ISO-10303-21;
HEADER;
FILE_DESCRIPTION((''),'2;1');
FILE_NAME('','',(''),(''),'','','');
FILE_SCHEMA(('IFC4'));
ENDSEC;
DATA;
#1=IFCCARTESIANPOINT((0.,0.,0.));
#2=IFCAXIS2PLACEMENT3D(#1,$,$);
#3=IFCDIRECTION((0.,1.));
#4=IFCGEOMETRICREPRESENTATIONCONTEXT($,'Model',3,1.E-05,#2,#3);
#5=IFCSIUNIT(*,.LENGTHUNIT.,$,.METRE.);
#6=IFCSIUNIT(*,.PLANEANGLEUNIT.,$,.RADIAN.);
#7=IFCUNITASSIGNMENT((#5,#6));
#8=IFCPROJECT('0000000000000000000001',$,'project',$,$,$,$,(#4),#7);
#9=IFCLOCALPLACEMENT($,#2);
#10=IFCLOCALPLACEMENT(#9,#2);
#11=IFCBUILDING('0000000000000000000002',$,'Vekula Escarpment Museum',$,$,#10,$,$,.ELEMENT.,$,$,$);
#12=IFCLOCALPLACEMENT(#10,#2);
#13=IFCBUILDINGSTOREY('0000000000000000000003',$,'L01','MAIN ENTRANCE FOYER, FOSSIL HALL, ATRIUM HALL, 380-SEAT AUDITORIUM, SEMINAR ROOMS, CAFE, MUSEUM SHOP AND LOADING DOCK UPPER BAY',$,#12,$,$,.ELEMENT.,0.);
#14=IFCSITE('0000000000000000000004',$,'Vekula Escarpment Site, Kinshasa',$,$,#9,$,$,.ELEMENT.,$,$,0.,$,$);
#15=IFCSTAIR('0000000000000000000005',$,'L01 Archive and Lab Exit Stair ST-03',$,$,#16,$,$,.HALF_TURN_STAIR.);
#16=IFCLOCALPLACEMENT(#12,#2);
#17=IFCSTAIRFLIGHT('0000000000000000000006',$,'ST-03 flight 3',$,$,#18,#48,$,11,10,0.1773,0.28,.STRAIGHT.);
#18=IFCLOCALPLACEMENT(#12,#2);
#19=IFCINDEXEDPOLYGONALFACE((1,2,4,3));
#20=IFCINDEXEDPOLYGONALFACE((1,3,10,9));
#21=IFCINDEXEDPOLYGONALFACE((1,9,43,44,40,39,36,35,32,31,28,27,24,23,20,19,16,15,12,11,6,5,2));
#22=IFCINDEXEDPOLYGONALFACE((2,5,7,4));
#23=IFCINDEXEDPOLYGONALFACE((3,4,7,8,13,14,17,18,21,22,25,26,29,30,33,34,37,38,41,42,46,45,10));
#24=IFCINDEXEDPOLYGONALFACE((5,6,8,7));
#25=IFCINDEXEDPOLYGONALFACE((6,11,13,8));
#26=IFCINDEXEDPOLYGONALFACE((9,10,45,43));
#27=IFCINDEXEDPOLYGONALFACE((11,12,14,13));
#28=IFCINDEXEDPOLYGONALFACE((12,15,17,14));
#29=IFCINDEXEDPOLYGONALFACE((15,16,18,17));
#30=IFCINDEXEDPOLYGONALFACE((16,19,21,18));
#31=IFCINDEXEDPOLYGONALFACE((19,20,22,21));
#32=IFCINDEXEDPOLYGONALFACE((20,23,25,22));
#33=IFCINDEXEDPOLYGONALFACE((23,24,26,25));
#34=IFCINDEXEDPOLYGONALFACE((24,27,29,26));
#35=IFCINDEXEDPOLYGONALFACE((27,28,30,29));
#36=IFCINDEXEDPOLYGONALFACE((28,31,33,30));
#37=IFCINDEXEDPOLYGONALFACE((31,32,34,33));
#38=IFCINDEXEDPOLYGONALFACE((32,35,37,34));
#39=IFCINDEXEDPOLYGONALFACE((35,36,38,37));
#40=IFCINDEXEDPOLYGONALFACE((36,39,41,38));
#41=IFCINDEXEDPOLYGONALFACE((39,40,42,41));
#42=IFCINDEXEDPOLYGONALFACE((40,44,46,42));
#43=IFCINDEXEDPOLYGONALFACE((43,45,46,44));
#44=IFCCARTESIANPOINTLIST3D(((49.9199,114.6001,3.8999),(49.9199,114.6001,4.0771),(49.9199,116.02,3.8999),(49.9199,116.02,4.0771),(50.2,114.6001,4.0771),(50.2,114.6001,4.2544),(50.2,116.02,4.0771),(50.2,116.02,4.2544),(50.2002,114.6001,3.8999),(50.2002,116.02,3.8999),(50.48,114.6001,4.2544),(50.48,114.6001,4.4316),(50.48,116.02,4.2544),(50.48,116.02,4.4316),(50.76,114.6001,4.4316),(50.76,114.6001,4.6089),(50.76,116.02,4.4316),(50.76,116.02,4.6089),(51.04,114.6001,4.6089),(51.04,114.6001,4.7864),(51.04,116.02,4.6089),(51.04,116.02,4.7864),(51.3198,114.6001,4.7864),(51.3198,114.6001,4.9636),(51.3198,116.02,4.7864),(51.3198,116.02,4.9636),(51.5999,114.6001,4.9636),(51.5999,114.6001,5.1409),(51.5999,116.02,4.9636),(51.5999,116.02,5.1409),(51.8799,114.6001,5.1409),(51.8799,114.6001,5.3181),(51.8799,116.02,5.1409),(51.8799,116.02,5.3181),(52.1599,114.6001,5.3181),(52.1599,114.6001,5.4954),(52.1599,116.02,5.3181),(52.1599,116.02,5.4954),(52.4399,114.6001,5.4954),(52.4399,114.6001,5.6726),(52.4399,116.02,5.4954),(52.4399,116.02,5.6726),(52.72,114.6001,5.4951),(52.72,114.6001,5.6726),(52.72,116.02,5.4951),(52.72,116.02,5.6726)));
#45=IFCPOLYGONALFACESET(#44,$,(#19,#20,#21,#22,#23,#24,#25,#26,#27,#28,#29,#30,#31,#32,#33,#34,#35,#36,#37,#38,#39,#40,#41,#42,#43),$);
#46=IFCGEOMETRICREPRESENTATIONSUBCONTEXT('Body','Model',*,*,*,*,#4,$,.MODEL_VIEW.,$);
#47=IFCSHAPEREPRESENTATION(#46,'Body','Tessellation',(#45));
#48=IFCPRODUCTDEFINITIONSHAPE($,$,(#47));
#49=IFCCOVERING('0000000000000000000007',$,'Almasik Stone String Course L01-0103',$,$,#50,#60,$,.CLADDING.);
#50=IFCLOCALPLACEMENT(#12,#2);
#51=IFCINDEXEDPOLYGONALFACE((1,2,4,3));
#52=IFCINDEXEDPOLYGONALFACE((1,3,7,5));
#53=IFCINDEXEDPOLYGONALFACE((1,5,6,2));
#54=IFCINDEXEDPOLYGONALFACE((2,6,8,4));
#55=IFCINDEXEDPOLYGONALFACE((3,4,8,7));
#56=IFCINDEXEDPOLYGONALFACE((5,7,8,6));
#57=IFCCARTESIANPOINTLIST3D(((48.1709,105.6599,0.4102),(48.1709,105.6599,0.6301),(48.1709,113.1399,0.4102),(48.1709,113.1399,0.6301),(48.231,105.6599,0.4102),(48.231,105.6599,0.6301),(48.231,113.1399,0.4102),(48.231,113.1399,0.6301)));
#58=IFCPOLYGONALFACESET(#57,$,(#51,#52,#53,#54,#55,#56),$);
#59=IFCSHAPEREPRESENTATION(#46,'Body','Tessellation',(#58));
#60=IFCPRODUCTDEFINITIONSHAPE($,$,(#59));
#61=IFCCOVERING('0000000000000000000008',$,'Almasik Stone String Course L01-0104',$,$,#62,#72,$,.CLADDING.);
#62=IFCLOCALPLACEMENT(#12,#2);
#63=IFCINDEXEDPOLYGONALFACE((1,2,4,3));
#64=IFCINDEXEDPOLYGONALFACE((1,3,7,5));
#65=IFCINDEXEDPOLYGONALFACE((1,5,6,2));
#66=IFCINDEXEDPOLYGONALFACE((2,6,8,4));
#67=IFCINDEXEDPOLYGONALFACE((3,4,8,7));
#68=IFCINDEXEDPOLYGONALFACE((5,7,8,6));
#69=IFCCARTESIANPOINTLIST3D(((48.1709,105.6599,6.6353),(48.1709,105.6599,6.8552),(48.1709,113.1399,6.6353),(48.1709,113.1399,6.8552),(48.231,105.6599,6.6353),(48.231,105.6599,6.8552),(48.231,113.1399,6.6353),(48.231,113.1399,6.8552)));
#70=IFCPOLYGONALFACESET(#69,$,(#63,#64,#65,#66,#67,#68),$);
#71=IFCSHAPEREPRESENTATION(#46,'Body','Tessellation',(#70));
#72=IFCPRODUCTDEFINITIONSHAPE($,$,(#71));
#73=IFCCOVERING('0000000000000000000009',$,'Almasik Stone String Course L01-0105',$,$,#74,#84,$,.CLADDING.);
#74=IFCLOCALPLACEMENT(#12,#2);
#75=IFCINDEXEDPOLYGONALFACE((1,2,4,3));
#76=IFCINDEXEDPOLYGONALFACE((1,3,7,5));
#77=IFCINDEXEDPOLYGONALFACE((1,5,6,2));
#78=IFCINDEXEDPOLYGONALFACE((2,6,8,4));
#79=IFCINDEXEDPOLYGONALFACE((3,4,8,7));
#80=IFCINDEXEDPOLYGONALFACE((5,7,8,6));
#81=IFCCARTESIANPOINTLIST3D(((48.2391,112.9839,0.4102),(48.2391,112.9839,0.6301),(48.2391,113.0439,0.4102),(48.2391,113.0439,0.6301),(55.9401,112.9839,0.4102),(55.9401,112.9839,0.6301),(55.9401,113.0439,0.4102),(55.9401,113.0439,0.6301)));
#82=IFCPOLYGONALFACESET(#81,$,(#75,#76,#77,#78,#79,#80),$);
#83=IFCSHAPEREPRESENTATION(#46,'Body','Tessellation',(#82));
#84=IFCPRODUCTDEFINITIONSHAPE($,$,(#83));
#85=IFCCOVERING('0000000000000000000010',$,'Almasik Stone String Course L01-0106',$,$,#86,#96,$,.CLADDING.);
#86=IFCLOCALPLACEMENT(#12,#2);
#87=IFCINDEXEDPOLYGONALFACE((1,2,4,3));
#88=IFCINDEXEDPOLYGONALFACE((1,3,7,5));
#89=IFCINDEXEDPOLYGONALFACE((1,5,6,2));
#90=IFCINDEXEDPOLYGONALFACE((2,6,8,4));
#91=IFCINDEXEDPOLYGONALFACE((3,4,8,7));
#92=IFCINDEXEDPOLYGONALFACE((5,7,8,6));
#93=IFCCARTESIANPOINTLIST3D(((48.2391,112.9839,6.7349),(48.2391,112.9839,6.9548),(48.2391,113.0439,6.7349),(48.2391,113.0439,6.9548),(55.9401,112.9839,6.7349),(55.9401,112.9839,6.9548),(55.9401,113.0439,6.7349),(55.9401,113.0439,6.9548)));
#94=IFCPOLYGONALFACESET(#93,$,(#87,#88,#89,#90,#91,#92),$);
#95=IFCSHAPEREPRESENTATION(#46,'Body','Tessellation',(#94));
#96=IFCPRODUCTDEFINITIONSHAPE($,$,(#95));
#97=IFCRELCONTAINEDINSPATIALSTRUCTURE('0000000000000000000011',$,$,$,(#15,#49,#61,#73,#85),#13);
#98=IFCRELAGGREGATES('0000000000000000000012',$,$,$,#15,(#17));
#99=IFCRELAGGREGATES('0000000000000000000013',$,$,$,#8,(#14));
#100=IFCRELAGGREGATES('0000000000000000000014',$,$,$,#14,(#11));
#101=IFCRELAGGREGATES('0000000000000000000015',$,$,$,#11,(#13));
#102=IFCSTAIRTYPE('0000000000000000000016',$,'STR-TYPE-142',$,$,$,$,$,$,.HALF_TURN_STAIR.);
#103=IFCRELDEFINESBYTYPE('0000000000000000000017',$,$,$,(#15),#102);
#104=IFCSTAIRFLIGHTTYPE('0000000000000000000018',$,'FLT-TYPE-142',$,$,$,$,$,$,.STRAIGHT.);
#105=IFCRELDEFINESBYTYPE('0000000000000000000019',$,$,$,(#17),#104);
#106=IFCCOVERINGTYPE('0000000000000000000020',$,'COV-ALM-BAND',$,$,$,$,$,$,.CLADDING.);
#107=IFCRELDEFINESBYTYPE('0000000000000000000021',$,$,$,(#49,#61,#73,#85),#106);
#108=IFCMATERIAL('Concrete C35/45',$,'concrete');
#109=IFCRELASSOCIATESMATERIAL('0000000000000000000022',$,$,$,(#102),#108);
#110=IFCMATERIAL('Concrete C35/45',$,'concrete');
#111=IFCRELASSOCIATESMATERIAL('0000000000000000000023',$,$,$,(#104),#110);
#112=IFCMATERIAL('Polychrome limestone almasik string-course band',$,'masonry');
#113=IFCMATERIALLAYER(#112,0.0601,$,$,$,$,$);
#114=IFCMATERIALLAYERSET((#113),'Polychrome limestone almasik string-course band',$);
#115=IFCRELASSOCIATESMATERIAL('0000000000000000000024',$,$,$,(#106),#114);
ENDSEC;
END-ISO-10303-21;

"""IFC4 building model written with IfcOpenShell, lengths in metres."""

from ifc_helpers import new_model, si_unit, direction, frame, origin, origin_2d, place, context, subcontext, project, spatial, polyline, rectangle, outline, extrude, material, layer, layer_set, type_object, element, aggregate, save


model = new_model("IFC4")

# Units and contexts
model_context = context("Model", 3, precision=1e-05, world=origin(), true_north=direction((0.0, 1.0)))
body_context = subcontext(model_context, "Body", "Model", "MODEL_VIEW")
ifc_project = project(units=[si_unit("LENGTHUNIT", "METRE"), si_unit("PLANEANGLEUNIT", "RADIAN")], contexts=[model_context])

# Site, building, storey
site_placement = place(None, origin())
site = spatial("IfcSite", under=ifc_project, at=site_placement, Name="Vekula Escarpment Site, Kinshasa", CompositionType="ELEMENT", RefElevation=0.0)
building_placement = place(site_placement, origin())
building = spatial("IfcBuilding", under=site, at=building_placement, Name="Vekula Escarpment Museum", CompositionType="ELEMENT")
storey_placement = place(building_placement, origin())
storey = spatial("IfcBuildingStorey", under=building, at=storey_placement, Name="L01", Description="MAIN ENTRANCE FOYER, FOSSIL HALL, ATRIUM HALL, 380-SEAT AUDITORIUM, SEMINAR ROOMS, CAFE, MUSEUM SHOP AND LOADING DOCK UPPER BAY", CompositionType="ELEMENT", Elevation=0.0)

# Stair, stair flight
ifc_material_1 = material(Name="Concrete C35/45", Category="concrete")
stair_type = type_object("IfcStairType", Name="STR-TYPE-142", PredefinedType="HALF_TURN_STAIR", material=ifc_material_1)
stair_placement = place(storey_placement, origin())
stair = element("IfcStair", 1, at=stair_placement, inside=storey, type_object=stair_type, Name="L01 Archive and Lab Exit Stair ST-03", PredefinedType="HALF_TURN_STAIR")
ifc_material_2 = material(Name="Concrete C35/45", Category="concrete")
stair_flight_type = type_object("IfcStairFlightType", Name="FLT-TYPE-142", PredefinedType="STRAIGHT", material=ifc_material_2)
stair_flight_1_placement = place(storey_placement, frame((49.9199, 115.3101, 3.8999), z_axis=(0.0, 0.0, 1.0), x_axis=(1.0, 0.0, 0.0)))
stair_flight_1 = element("IfcStairFlight", 2, at=stair_flight_1_placement, type_object=stair_flight_type, Name="ST-03 flight 3", NumberOfRisers=11, NumberOfTreads=10, PredefinedType="STRAIGHT", RiserHeight=0.1773, TreadLength=0.28, context=body_context, shape_type="SweptSolid", body=[
    extrude(outline(polyline([(0.0, 0.0), (0.0, 0.1772), (0.28, 0.1772), (0.28, 0.3545), (0.5601, 0.3545), (0.5601, 0.5317), (0.8401, 0.5317), (0.8401, 0.709), (1.1201, 0.709), (1.1201, 0.8865), (1.3999, 0.8865), (1.3999, 1.0637), (1.6799, 1.0637), (1.6799, 1.241), (1.96, 1.241), (1.96, 1.4182), (2.24, 1.4182), (2.24, 1.5955), (2.52, 1.5955), (2.52, 1.7727), (2.8, 1.7727), (2.8, 1.95), (2.8, 1.5952), (0.2803, 0.0), (0.0, 0.0)])), frame((0.0, 0.71, 0.0), z_axis=(0.0, -1.0, 0.0), x_axis=(1.0, 0.0, 0.0)), (0.0, 0.0, 1.0), 1.4199),
])
aggregate(stair, [stair_flight_1])

# Coverings
ifc_material_3 = material(Name="Polychrome limestone almasik string-course band", Category="masonry")
ifc_layer_1 = layer(ifc_material_3, 0.0601)
ifc_layer_set_1 = layer_set([ifc_layer_1], Name="Polychrome limestone almasik string-course band")
covering_type = type_object("IfcCoveringType", Name="COV-ALM-BAND", PredefinedType="CLADDING", material=ifc_layer_set_1)
for number, where, z_axis, x_axis, name in (
    (3, (48.2009, 109.3999, 0.4102), (0.0, 0.0, 1.0), (0.0, 1.0, 0.0), "Almasik Stone String Course L01-0103"),
    (4, (48.2009, 109.3999, 6.6353), (0.0, 0.0, 1.0), (0.0, 1.0, 0.0), "Almasik Stone String Course L01-0104"),
):
    element("IfcCovering", number, at=place(storey_placement, frame(where, z_axis=z_axis, x_axis=x_axis)), inside=storey, type_object=covering_type, Name=name, PredefinedType="CLADDING", context=body_context, shape_type="SweptSolid", body=[
        extrude(rectangle(XDim=7.48, YDim=0.0601, at=origin_2d()), origin(), (0.0, 0.0, 1.0), 0.22),
    ])
for number, where, z_axis, x_axis, name in (
    (5, (52.0896, 113.0139, 0.4102), (0.0, 0.0, 1.0), (1.0, 0.0, 0.0), "Almasik Stone String Course L01-0105"),
    (6, (52.0896, 113.0139, 6.7349), (0.0, 0.0, 1.0), (1.0, 0.0, 0.0), "Almasik Stone String Course L01-0106"),
):
    element("IfcCovering", number, at=place(storey_placement, frame(where, z_axis=z_axis, x_axis=x_axis)), inside=storey, type_object=covering_type, Name=name, PredefinedType="CLADDING", context=body_context, shape_type="SweptSolid", body=[
        extrude(rectangle(XDim=7.7009, YDim=0.0601, at=origin_2d()), origin(), (0.0, 0.0, 1.0), 0.22),
    ])

save(model, "model.ifc")
